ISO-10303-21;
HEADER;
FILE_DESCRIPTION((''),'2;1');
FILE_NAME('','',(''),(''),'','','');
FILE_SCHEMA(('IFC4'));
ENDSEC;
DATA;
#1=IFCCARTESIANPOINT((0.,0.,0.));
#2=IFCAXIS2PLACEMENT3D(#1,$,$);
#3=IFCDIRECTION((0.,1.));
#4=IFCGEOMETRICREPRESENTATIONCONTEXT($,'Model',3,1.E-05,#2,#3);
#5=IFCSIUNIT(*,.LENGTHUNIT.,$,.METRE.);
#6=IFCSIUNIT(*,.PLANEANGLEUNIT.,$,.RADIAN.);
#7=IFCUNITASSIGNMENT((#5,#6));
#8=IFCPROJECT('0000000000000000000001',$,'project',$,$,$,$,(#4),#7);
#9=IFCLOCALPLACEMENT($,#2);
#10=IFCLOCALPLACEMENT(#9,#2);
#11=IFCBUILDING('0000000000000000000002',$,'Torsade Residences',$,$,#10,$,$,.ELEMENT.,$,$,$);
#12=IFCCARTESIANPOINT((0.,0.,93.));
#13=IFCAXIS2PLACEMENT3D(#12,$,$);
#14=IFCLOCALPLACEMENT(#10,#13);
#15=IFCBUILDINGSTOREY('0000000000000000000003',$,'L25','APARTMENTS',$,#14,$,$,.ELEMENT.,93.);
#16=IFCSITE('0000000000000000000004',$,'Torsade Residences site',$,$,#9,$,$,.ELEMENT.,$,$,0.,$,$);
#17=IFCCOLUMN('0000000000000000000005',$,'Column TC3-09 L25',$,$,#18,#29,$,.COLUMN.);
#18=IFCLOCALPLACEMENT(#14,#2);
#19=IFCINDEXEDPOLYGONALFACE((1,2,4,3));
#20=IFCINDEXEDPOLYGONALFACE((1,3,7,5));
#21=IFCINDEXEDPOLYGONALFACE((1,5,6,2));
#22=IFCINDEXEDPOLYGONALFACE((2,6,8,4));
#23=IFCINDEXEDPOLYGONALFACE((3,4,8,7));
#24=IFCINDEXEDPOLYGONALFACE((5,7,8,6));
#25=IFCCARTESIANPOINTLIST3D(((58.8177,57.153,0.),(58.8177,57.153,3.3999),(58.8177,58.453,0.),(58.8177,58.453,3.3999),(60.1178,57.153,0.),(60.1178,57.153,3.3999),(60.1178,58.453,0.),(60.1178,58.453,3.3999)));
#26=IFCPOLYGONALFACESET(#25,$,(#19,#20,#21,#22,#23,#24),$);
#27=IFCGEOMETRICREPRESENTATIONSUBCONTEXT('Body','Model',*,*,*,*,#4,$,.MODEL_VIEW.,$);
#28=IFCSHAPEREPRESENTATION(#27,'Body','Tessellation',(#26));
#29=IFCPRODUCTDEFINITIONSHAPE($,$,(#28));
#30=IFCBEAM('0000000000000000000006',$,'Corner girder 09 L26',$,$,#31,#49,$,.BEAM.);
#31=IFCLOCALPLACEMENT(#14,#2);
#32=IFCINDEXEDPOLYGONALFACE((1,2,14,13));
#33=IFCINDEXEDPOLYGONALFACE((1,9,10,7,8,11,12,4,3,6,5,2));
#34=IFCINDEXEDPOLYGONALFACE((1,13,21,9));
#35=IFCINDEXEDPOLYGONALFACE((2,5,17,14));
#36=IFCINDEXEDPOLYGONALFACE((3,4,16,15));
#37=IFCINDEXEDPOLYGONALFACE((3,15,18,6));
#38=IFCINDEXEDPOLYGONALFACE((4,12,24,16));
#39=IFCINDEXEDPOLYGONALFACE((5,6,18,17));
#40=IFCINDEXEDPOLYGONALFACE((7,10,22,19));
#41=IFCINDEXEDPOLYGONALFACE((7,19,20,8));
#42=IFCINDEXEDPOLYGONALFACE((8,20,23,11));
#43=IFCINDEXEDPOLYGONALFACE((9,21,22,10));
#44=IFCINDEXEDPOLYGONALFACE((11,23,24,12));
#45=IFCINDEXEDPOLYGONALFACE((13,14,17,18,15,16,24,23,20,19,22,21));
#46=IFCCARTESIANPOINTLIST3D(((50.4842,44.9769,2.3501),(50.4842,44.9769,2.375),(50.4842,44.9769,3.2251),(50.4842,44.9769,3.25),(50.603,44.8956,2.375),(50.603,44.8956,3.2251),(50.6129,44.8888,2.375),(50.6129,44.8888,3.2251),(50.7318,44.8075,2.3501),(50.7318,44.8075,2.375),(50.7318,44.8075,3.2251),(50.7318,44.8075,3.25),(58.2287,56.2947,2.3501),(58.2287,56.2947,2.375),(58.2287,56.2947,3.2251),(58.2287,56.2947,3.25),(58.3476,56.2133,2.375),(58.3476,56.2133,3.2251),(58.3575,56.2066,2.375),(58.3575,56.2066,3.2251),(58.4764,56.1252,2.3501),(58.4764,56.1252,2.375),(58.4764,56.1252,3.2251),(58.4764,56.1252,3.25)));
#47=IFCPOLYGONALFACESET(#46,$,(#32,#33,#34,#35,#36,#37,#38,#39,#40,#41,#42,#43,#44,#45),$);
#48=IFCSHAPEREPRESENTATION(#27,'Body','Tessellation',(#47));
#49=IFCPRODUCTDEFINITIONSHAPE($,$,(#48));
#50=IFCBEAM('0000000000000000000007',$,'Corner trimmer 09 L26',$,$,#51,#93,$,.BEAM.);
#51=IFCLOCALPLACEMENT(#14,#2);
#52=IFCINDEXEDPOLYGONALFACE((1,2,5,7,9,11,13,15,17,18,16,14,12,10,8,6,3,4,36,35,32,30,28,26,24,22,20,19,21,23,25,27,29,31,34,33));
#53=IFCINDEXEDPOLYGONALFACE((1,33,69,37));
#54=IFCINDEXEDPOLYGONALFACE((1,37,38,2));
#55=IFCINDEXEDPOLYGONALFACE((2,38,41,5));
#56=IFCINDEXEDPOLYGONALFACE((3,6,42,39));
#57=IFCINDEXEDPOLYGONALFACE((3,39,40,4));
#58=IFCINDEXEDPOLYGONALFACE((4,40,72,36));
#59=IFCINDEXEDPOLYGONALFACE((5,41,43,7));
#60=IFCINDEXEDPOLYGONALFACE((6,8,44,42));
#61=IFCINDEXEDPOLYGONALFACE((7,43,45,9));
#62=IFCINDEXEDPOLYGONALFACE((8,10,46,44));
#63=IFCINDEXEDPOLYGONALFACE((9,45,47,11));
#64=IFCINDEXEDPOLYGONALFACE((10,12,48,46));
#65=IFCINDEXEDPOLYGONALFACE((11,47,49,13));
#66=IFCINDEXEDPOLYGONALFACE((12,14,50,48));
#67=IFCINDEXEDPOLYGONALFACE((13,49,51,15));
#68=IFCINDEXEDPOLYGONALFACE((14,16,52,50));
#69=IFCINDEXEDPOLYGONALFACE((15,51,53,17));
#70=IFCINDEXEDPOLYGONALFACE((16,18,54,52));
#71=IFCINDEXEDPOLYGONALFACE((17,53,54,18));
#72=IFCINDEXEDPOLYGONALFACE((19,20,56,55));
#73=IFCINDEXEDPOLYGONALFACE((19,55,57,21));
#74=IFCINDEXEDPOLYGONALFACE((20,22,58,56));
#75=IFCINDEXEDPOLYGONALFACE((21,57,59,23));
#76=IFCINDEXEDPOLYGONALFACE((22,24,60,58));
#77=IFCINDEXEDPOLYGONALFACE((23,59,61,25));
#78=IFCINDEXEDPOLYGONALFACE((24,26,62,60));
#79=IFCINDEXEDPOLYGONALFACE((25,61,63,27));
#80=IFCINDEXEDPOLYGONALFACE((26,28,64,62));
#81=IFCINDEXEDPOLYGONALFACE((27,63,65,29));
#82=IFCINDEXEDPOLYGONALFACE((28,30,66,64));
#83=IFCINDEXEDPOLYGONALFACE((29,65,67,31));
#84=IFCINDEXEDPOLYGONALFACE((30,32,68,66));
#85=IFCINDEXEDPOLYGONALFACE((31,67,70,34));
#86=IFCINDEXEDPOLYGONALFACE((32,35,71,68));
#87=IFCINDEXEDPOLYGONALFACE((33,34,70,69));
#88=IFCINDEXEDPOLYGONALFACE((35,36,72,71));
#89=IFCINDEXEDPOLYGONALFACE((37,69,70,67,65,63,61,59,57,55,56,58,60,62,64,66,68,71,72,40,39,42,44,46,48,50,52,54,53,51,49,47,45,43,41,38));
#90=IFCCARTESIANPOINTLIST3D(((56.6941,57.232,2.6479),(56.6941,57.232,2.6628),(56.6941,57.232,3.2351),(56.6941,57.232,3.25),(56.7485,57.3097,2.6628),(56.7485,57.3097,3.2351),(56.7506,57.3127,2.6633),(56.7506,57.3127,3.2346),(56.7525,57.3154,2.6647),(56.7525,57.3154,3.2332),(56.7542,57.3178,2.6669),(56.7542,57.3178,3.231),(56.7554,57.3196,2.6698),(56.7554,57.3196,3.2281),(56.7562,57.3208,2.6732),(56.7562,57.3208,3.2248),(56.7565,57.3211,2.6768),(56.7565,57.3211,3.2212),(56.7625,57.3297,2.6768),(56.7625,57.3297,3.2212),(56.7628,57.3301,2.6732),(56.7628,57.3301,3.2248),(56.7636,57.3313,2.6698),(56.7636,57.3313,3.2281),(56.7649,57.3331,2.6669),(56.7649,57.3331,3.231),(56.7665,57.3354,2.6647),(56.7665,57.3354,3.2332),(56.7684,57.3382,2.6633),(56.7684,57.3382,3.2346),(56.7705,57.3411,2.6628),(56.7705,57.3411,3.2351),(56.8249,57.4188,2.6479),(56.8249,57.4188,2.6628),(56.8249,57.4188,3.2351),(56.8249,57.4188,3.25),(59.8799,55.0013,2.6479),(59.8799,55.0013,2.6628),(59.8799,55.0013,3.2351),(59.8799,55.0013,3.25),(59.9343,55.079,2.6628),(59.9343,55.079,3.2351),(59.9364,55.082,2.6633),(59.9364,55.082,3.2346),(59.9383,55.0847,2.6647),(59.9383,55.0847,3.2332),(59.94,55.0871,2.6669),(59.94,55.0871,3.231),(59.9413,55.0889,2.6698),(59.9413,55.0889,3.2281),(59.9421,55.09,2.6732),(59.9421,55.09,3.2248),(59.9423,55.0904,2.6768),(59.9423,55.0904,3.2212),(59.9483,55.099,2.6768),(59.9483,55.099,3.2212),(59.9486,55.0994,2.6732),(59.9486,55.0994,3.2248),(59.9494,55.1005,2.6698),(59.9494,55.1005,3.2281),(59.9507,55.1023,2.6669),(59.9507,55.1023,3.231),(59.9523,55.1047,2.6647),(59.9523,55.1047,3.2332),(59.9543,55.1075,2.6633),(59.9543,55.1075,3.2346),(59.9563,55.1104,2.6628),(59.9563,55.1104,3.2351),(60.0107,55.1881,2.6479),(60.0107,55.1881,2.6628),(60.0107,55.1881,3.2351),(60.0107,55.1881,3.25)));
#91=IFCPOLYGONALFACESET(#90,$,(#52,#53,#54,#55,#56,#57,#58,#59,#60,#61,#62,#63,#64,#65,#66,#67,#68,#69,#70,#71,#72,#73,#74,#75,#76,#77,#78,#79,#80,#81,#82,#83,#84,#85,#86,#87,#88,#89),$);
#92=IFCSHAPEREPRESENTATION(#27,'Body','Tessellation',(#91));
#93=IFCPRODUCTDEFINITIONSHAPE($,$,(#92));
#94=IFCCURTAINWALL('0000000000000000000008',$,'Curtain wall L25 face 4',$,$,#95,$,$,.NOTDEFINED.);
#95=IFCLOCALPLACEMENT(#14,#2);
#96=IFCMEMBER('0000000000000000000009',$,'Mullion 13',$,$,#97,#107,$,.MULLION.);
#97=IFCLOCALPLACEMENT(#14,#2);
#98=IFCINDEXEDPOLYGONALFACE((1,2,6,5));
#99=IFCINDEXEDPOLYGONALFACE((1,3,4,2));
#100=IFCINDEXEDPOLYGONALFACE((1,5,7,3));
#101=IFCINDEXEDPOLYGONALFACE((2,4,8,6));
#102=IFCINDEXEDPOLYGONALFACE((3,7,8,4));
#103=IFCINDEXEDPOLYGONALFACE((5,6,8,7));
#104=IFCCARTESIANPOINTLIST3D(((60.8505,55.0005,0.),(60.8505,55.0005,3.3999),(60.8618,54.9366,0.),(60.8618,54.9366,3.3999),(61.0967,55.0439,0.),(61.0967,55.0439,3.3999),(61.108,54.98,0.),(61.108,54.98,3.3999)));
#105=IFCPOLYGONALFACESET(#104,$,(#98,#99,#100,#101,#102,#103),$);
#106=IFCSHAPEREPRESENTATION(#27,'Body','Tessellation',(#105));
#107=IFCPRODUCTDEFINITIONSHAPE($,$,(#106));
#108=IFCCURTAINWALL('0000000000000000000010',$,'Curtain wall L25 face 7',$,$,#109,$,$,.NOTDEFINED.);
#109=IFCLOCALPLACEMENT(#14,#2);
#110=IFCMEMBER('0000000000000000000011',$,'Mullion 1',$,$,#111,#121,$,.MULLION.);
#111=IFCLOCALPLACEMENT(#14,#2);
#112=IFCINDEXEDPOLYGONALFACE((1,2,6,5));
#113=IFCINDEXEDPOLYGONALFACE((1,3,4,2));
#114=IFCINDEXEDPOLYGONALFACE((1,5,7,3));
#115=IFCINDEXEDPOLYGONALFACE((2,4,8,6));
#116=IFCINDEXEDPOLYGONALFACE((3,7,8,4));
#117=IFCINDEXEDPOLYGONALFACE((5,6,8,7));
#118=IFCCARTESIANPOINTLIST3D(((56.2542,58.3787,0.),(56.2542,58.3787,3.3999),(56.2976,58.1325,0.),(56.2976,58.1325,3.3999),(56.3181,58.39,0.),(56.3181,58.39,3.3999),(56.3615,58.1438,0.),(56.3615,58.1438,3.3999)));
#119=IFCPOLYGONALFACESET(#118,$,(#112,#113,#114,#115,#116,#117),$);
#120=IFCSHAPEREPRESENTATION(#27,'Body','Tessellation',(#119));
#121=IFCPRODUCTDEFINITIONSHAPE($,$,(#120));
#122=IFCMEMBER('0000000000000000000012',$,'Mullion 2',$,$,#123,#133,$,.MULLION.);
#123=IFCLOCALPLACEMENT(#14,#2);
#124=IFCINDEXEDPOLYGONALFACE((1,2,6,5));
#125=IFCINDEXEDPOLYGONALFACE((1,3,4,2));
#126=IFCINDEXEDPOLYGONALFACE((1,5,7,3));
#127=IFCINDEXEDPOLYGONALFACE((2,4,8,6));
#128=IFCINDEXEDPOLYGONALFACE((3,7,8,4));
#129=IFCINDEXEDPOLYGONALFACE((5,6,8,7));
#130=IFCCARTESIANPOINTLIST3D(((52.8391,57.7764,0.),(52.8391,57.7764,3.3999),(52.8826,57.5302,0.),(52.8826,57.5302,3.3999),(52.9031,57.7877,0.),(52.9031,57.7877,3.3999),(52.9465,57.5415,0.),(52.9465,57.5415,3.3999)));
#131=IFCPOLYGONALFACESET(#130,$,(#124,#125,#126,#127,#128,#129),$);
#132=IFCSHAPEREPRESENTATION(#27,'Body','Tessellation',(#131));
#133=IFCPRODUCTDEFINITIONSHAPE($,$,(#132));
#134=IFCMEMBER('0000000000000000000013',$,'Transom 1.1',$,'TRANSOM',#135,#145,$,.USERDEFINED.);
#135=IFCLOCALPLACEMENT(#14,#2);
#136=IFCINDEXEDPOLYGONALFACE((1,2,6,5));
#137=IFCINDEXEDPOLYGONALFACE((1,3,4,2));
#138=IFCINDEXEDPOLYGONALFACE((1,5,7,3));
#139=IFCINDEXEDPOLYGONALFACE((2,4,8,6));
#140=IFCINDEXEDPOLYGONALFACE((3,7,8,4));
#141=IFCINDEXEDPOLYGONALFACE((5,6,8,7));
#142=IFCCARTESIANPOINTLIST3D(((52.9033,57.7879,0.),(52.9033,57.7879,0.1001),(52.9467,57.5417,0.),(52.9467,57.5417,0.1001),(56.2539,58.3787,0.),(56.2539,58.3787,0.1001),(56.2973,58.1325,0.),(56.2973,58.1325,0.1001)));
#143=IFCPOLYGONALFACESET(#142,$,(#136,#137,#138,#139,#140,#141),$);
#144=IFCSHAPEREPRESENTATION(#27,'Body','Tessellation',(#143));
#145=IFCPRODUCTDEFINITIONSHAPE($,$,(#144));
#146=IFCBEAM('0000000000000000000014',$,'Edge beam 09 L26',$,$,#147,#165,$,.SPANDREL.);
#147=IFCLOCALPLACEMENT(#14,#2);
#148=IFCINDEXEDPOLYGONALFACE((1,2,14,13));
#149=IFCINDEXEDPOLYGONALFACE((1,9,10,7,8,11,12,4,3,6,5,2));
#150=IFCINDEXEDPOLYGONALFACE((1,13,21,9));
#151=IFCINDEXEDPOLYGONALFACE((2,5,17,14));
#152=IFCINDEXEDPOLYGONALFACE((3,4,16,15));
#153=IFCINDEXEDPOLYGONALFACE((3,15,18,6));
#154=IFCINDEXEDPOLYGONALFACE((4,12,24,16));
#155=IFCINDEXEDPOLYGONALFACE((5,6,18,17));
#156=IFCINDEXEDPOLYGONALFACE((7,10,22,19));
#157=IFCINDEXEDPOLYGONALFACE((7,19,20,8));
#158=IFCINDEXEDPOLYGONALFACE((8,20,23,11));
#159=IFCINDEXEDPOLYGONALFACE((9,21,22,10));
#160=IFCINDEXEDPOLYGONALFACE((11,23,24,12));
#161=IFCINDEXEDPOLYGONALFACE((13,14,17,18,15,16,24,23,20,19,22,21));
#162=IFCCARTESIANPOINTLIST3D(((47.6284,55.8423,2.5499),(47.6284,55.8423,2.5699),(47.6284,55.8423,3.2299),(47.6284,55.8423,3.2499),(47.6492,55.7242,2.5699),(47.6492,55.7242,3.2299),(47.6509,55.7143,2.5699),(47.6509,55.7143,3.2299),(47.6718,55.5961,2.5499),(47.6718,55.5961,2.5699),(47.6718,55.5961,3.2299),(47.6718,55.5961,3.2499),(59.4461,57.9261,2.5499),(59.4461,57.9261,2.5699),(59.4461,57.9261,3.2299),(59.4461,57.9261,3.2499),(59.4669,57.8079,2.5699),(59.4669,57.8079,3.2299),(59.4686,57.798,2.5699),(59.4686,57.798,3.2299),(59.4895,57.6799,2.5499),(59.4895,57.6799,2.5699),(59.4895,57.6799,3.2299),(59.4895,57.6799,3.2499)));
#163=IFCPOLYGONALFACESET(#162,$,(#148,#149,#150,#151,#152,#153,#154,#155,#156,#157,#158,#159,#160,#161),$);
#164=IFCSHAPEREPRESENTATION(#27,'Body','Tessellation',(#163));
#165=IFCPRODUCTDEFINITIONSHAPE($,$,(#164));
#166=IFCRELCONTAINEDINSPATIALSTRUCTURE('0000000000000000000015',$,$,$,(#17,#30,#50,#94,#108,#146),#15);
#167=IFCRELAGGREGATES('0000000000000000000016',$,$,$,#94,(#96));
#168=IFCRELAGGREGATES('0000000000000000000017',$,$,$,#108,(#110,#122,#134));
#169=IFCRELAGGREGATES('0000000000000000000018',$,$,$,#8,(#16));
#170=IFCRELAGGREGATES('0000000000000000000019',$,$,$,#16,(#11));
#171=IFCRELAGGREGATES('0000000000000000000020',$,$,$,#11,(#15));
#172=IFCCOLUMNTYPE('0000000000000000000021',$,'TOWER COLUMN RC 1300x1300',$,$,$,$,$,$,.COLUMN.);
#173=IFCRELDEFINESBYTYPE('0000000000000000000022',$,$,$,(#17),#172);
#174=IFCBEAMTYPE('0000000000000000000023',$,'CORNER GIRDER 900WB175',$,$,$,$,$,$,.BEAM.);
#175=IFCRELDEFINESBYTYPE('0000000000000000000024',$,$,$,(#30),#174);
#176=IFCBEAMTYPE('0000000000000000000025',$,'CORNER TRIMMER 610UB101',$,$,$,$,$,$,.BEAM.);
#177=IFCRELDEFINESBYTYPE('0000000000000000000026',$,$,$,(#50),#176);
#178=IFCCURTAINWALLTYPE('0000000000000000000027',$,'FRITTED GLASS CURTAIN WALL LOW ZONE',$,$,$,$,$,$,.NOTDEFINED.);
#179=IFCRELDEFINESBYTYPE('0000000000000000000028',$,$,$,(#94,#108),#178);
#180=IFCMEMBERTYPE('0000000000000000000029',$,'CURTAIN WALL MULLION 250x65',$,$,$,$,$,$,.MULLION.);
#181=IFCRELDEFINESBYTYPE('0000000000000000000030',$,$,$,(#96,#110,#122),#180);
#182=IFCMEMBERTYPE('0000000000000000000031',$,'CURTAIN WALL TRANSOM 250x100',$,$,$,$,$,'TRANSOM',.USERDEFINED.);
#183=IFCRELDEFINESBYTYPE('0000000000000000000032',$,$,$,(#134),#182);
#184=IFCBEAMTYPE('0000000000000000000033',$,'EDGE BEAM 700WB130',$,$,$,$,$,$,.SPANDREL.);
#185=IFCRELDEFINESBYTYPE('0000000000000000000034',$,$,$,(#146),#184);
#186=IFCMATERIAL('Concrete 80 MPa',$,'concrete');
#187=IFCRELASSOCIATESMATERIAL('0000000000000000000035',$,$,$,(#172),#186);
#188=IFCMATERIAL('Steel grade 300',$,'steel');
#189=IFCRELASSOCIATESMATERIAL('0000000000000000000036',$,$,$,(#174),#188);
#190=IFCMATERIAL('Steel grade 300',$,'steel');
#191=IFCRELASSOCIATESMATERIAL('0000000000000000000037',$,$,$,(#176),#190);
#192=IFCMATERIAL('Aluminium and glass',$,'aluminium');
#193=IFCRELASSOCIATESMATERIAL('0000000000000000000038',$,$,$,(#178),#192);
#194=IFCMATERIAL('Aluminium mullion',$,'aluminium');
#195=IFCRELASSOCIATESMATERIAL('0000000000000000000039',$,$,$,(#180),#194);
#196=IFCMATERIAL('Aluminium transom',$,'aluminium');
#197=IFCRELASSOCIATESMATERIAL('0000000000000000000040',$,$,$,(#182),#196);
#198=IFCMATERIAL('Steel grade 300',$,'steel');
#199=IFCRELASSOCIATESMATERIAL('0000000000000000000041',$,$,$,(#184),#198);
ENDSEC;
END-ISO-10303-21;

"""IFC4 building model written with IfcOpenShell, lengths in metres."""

from ifc_helpers import new_model, si_unit, direction, frame, origin, origin_2d, place, context, subcontext, project, spatial, rectangle, i_section, extrude, material, material_profile, profile_set, type_object, element, aggregate, save


model = new_model("IFC4")

# Units and contexts
model_context = context("Model", 3, precision=1e-05, world=origin(), true_north=direction((0.0, 1.0)))
body_context = subcontext(model_context, "Body", "Model", "MODEL_VIEW")
ifc_project = project(units=[si_unit("LENGTHUNIT", "METRE"), si_unit("PLANEANGLEUNIT", "RADIAN")], contexts=[model_context])

# Site, building, storey
site_placement = place(None, origin())
site = spatial("IfcSite", under=ifc_project, at=site_placement, Name="Torsade Residences site", CompositionType="ELEMENT", RefElevation=0.0)
building_placement = place(site_placement, origin())
building = spatial("IfcBuilding", under=site, at=building_placement, Name="Torsade Residences", CompositionType="ELEMENT")
storey_placement = place(building_placement, frame((0.0, 0.0, 93.0)))
storey = spatial("IfcBuildingStorey", under=building, at=storey_placement, Name="L25", Description="APARTMENTS", CompositionType="ELEMENT", Elevation=93.0)

# Column
ifc_material_1 = material(Name="Concrete 80 MPa", Category="concrete")
ifc_material_profile_1 = material_profile(ifc_material_1, rectangle(XDim=1.3, YDim=1.3, at=origin_2d()), Name="RC 1300x1300")
ifc_profile_set_1 = profile_set([ifc_material_profile_1], Name="Concrete 80 MPa")
column_type = type_object("IfcColumnType", Name="TOWER COLUMN RC 1300x1300", PredefinedType="COLUMN", material=ifc_profile_set_1)
column_placement = place(storey_placement, frame((59.4678, 57.803, 0.0), z_axis=(0.0, 0.0, 1.0), x_axis=(1.0, 0.0, 0.0)))
element("IfcColumn", 1, at=column_placement, inside=storey, type_object=column_type, Name="Column TC3-09 L25", PredefinedType="COLUMN", context=body_context, shape_type="SweptSolid", body=[
    extrude(rectangle(XDim=1.3, YDim=1.3, at=origin_2d()), origin(), (0.0, 0.0, 1.0), 3.3999),
])

# Beams
ifc_material_2 = material(Name="Steel grade 300", Category="steel")
ifc_material_profile_2 = material_profile(ifc_material_2, i_section(OverallWidth=0.3, OverallDepth=0.8999, WebThickness=0.012, FlangeThickness=0.0249, at=origin_2d()), Name="900WB175")
ifc_profile_set_2 = profile_set([ifc_material_profile_2], Name="Steel grade 300")
beam_type_1 = type_object("IfcBeamType", Name="CORNER GIRDER 900WB175", PredefinedType="BEAM", material=ifc_profile_set_2)
beam_1_placement = place(storey_placement, frame((58.3525, 56.21, 2.8), z_axis=(-0.564725, -0.825279, 0.0), x_axis=(0.825279, -0.564725, 0.0)))
element("IfcBeam", 2, at=beam_1_placement, inside=storey, type_object=beam_type_1, Name="Corner girder 09 L26", PredefinedType="BEAM", context=body_context, shape_type="SweptSolid", body=[
    extrude(i_section(OverallWidth=0.3, OverallDepth=0.8999, WebThickness=0.012, FlangeThickness=0.0249, at=origin_2d()), origin(), (0.0, 0.0, 1.0), 13.7139),
])
ifc_material_3 = material(Name="Steel grade 300", Category="steel")
ifc_material_profile_3 = material_profile(ifc_material_3, i_section(OverallWidth=0.228, OverallDepth=0.6021, WebThickness=0.0105, FlangeThickness=0.0149, FilletRadius=0.0139, at=origin_2d()), Name="610UB101")
ifc_profile_set_3 = profile_set([ifc_material_profile_3], Name="Steel grade 300")
beam_type_2 = type_object("IfcBeamType", Name="CORNER TRIMMER 610UB101", PredefinedType="BEAM", material=ifc_profile_set_3)
beam_2_placement = place(storey_placement, frame((56.7595, 57.3254, 2.949), z_axis=(0.819152, -0.573576, 0.0), x_axis=(0.573576, 0.819152, 0.0)))
element("IfcBeam", 3, at=beam_2_placement, inside=storey, type_object=beam_type_2, Name="Corner trimmer 09 L26", PredefinedType="BEAM", context=body_context, shape_type="SweptSolid", body=[
    extrude(i_section(OverallWidth=0.228, OverallDepth=0.6021, WebThickness=0.0105, FlangeThickness=0.0149, FilletRadius=0.0139, at=origin_2d()), origin(), (0.0, 0.0, 1.0), 3.8892),
])

# Curtain wall, member
ifc_material_4 = material(Name="Aluminium and glass", Category="aluminium")
curtain_wall_type = type_object("IfcCurtainWallType", Name="FRITTED GLASS CURTAIN WALL LOW ZONE", PredefinedType="NOTDEFINED", material=ifc_material_4)
curtain_wall_1_placement = place(storey_placement, origin())
curtain_wall_1 = element("IfcCurtainWall", 4, at=curtain_wall_1_placement, inside=storey, type_object=curtain_wall_type, Name="Curtain wall L25 face 4", PredefinedType="NOTDEFINED")
ifc_material_5 = material(Name="Aluminium mullion", Category="aluminium")
ifc_material_profile_4 = material_profile(ifc_material_5, rectangle(XDim=0.25, YDim=0.0649, at=origin_2d()), Name="CURTAIN WALL MULLION 250x65")
ifc_profile_set_4 = profile_set([ifc_material_profile_4], Name="Aluminium mullion")
member_type_1 = type_object("IfcMemberType", Name="CURTAIN WALL MULLION 250x65", PredefinedType="MULLION", material=ifc_profile_set_4)
member_1_placement = place(storey_placement, frame((60.9792, 54.9902, 0.0), z_axis=(0.0, 0.0, 1.0), x_axis=(-0.984808, -0.173648, 0.0)))
member_1 = element("IfcMember", 5, at=member_1_placement, type_object=member_type_1, Name="Mullion 13", PredefinedType="MULLION", context=body_context, shape_type="SweptSolid", body=[
    extrude(rectangle(XDim=0.25, YDim=0.0649, at=origin_2d()), origin(), (0.0, 0.0, 1.0), 3.3999),
])
aggregate(curtain_wall_1, [member_1])

# Curtain wall, members
curtain_wall_2_placement = place(storey_placement, origin())
curtain_wall_2 = element("IfcCurtainWall", 6, at=curtain_wall_2_placement, inside=storey, type_object=curtain_wall_type, Name="Curtain wall L25 face 7", PredefinedType="NOTDEFINED")
member_2_placement = place(storey_placement, frame((56.3079, 58.2612, 0.0), z_axis=(0.0, 0.0, 1.0), x_axis=(0.173648, -0.984808, 0.0)))
member_2 = element("IfcMember", 7, at=member_2_placement, type_object=member_type_1, Name="Mullion 1", PredefinedType="MULLION", context=body_context, shape_type="SweptSolid", body=[
    extrude(rectangle(XDim=0.25, YDim=0.0649, at=origin_2d()), origin(), (0.0, 0.0, 1.0), 3.3999),
])
member_3_placement = place(storey_placement, frame((52.8928, 57.6589, 0.0), z_axis=(0.0, 0.0, 1.0), x_axis=(0.173648, -0.984808, 0.0)))
member_3 = element("IfcMember", 8, at=member_3_placement, type_object=member_type_1, Name="Mullion 2", PredefinedType="MULLION", context=body_context, shape_type="SweptSolid", body=[
    extrude(rectangle(XDim=0.25, YDim=0.0649, at=origin_2d()), origin(), (0.0, 0.0, 1.0), 3.3999),
])
ifc_material_6 = material(Name="Aluminium transom", Category="aluminium")
ifc_material_profile_5 = material_profile(ifc_material_6, rectangle(XDim=0.25, YDim=0.1001, at=origin_2d()), Name="CURTAIN WALL TRANSOM 250x100")
ifc_profile_set_5 = profile_set([ifc_material_profile_5], Name="Aluminium transom")
member_type_2 = type_object("IfcMemberType", Name="CURTAIN WALL TRANSOM 250x100", ElementType="TRANSOM", PredefinedType="USERDEFINED", material=ifc_profile_set_5)
member_4_placement = place(storey_placement, frame((56.2756, 58.2556, 0.05), z_axis=(-0.984807, -0.173654, 0.0), x_axis=(0.173654, -0.984807, 0.0)))
member_4 = element("IfcMember", 9, at=member_4_placement, type_object=member_type_2, Name="Transom 1.1", ObjectType="TRANSOM", PredefinedType="USERDEFINED", context=body_context, shape_type="SweptSolid", body=[
    extrude(rectangle(XDim=0.25, YDim=0.1001, at=origin_2d()), origin(), (0.0, 0.0, 1.0), 3.4023),
])

# Beam
ifc_material_7 = material(Name="Steel grade 300", Category="steel")
ifc_material_profile_6 = material_profile(ifc_material_7, i_section(OverallWidth=0.25, OverallDepth=0.7, WebThickness=0.01, FlangeThickness=0.02, at=origin_2d()), Name="700WB130")
ifc_profile_set_6 = profile_set([ifc_material_profile_6], Name="Steel grade 300")
beam_type_3 = type_object("IfcBeamType", Name="EDGE BEAM 700WB130", PredefinedType="SPANDREL", material=ifc_profile_set_6)
beam_3_placement = place(storey_placement, frame((59.4678, 57.803, 2.8999), z_axis=(-0.984808, -0.173646, 0.0), x_axis=(0.173646, -0.984808, 0.0)))
element("IfcBeam", 10, at=beam_3_placement, inside=storey, type_object=beam_type_3, Name="Edge beam 09 L26", PredefinedType="SPANDREL", context=body_context, shape_type="SweptSolid", body=[
    extrude(i_section(OverallWidth=0.25, OverallDepth=0.7, WebThickness=0.01, FlangeThickness=0.02, at=origin_2d()), origin(), (0.0, 0.0, 1.0), 12.0),
])

aggregate(curtain_wall_2, [member_2, member_3, member_4])

save(model, "model.ifc")
